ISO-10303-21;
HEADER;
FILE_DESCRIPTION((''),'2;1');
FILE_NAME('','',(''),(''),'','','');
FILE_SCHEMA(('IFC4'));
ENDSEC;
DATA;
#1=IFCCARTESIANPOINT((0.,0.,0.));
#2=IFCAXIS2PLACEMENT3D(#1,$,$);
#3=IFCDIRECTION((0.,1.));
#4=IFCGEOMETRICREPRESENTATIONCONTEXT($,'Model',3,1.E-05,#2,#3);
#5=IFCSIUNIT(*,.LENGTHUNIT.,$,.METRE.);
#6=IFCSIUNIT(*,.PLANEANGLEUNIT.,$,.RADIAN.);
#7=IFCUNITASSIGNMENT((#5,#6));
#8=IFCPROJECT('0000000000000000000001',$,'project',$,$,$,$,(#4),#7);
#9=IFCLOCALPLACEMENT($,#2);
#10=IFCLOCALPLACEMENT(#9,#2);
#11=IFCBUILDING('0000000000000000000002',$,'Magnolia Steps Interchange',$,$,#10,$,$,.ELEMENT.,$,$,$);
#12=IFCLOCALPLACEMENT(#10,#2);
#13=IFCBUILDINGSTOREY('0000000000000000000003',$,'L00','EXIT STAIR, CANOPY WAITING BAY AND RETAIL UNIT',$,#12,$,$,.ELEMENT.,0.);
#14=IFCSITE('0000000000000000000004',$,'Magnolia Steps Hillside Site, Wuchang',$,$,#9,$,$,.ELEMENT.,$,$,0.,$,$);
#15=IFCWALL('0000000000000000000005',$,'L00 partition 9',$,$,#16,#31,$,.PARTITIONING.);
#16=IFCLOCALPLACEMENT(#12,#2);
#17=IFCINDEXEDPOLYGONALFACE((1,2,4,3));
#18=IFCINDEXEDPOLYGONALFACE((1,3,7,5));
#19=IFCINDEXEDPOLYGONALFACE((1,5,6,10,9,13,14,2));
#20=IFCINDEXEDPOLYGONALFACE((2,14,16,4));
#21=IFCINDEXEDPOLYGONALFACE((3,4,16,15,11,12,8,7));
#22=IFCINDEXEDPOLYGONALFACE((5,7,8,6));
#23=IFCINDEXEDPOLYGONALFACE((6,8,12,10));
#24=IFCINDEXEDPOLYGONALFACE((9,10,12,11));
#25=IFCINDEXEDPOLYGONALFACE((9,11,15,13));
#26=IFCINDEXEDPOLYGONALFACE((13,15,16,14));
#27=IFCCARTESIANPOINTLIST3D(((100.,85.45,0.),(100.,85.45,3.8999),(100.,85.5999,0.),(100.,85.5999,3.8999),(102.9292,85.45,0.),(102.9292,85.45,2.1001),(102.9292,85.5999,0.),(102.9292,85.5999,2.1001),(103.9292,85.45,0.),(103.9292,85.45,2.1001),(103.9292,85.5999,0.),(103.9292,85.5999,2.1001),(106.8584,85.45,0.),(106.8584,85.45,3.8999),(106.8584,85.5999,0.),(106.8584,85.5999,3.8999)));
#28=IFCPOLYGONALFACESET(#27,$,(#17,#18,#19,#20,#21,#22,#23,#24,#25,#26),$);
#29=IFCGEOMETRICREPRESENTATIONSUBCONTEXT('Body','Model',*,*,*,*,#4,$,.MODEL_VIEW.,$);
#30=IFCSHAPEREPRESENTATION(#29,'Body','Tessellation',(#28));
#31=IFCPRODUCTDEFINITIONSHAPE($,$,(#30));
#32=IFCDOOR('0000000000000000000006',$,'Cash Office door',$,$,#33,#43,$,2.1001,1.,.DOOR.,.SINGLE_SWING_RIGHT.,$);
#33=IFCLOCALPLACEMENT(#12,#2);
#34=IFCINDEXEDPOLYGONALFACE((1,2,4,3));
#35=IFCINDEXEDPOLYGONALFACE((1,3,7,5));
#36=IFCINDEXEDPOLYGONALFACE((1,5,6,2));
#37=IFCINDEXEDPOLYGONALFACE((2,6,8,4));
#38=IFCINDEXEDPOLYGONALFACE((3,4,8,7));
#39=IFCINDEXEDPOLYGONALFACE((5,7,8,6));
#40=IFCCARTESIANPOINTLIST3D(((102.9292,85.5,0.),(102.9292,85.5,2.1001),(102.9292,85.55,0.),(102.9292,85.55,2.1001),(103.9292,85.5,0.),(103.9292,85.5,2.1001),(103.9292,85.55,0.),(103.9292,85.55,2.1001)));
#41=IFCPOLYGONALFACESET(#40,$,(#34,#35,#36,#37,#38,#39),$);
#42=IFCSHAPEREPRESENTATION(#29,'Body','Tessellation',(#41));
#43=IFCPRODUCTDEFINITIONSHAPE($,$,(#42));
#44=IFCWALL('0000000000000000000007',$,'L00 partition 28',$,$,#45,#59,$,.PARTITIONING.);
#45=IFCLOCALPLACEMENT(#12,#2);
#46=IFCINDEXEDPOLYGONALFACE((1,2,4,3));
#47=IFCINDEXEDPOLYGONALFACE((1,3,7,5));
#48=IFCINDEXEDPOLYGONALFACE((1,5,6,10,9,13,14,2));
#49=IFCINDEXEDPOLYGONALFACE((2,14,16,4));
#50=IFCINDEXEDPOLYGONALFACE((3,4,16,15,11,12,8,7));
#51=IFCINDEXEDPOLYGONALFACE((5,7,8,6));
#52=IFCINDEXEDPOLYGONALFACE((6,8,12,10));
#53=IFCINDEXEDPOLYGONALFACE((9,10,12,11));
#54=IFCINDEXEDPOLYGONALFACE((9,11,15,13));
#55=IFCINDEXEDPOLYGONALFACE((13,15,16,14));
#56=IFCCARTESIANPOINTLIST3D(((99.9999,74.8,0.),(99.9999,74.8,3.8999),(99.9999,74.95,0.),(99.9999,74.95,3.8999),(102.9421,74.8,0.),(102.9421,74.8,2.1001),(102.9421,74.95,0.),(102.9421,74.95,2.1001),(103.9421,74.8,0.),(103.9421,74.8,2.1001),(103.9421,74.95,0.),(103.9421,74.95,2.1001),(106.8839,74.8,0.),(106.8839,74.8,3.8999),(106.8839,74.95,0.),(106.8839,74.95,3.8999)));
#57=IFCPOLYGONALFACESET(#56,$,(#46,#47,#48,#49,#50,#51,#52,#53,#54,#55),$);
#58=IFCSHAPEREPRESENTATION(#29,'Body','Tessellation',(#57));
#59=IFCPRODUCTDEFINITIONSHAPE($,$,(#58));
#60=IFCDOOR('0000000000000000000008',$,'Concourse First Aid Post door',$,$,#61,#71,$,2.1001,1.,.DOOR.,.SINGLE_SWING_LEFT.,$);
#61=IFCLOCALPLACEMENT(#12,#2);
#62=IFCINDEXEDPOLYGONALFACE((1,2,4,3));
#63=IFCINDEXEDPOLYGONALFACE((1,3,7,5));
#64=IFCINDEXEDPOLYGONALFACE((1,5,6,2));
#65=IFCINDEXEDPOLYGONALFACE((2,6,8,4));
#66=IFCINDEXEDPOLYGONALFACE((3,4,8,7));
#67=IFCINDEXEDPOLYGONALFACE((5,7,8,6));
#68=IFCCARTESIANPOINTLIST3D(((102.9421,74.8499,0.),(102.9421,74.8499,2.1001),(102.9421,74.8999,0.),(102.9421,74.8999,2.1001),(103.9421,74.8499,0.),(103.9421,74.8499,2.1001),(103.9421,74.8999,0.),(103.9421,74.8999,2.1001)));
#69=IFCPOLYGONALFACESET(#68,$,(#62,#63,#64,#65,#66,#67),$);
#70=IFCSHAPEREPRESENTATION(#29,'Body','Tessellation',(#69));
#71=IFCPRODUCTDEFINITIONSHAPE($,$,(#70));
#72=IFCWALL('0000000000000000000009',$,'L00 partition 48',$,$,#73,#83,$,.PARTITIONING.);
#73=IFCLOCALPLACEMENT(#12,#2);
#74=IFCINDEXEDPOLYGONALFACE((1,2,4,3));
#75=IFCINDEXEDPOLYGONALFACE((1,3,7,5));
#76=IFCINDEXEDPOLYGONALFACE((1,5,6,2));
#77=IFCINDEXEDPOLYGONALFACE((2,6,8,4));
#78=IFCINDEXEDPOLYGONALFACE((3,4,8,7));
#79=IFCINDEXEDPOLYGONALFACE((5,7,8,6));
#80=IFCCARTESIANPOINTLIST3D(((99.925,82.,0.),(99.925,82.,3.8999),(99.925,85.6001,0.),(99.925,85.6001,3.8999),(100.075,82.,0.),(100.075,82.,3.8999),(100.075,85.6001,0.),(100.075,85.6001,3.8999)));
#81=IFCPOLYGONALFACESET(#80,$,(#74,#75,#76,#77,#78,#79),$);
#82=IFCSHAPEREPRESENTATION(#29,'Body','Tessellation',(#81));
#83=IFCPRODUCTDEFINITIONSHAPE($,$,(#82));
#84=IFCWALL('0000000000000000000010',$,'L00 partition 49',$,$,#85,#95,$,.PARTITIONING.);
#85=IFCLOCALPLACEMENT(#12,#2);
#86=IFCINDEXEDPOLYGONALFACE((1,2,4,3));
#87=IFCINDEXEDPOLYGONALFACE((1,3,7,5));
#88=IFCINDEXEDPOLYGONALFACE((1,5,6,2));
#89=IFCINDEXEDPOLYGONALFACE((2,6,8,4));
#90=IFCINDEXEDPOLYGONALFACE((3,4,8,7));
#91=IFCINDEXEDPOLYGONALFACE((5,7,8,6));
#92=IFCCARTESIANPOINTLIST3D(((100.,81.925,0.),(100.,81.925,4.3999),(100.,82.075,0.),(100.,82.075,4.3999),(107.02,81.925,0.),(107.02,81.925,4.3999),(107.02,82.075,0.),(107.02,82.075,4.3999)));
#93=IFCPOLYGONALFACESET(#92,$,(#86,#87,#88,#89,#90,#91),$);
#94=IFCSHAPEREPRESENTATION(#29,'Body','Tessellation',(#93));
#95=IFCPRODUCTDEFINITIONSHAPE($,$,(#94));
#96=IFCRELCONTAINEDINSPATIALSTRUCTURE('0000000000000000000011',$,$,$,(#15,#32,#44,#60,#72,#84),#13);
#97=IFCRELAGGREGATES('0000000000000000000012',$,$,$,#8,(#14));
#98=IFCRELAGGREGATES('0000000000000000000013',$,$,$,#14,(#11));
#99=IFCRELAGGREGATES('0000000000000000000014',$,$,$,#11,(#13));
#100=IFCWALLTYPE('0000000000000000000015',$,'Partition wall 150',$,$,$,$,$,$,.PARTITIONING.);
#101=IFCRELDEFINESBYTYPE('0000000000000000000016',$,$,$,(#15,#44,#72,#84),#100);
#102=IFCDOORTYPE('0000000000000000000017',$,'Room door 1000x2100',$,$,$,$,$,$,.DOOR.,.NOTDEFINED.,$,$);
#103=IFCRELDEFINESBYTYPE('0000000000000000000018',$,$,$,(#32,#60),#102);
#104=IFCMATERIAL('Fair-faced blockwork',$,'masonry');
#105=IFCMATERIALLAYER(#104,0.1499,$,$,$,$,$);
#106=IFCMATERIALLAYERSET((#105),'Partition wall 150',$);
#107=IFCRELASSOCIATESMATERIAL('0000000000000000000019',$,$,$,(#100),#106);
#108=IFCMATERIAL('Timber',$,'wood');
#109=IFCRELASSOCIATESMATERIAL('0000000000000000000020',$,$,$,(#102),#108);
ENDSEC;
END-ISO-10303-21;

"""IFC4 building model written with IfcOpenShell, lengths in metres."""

from ifc_helpers import new_model, si_unit, direction, frame, frame_2d, origin, place, context, subcontext, project, spatial, rectangle, extrude, material, layer, layer_set, type_object, element, fill, save


model = new_model("IFC4")

# Units and contexts
model_context = context("Model", 3, precision=1e-05, world=origin(), true_north=direction((0.0, 1.0)))
body_context = subcontext(model_context, "Body", "Model", "MODEL_VIEW")
ifc_project = project(units=[si_unit("LENGTHUNIT", "METRE"), si_unit("PLANEANGLEUNIT", "RADIAN")], contexts=[model_context])

# Site, building, storey
site_placement = place(None, origin())
site = spatial("IfcSite", under=ifc_project, at=site_placement, Name="Magnolia Steps Hillside Site, Wuchang", CompositionType="ELEMENT", RefElevation=0.0)
building_placement = place(site_placement, origin())
building = spatial("IfcBuilding", under=site, at=building_placement, Name="Magnolia Steps Interchange", CompositionType="ELEMENT")
storey_placement = place(building_placement, origin())
storey = spatial("IfcBuildingStorey", under=building, at=storey_placement, Name="L00", Description="EXIT STAIR, CANOPY WAITING BAY AND RETAIL UNIT", CompositionType="ELEMENT", Elevation=0.0)

# Walls, openings, doors
ifc_material_1 = material(Name="Fair-faced blockwork", Category="masonry")
ifc_layer_1 = layer(ifc_material_1, 0.1499)
ifc_layer_set_1 = layer_set([ifc_layer_1], Name="Partition wall 150")
wall_type_1 = type_object("IfcWallType", Name="Partition wall 150", PredefinedType="PARTITIONING", material=ifc_layer_set_1)
wall_1_placement = place(storey_placement, frame((100.0, 85.5249, 0.0), z_axis=(0.0, 0.0, 1.0), x_axis=(1.0, 0.0, 0.0)))
wall_1 = element("IfcWall", 1, at=wall_1_placement, inside=storey, type_object=wall_type_1, Name="L00 partition 9", PredefinedType="PARTITIONING", context=body_context, shape_type="SweptSolid", body=[
    extrude(rectangle(XDim=6.8584, YDim=0.1499, at=frame_2d((3.4292, 0.0))), origin(), (0.0, 0.0, 1.0), 3.8999),
])
opening_1_placement = place(wall_1_placement, frame((2.9292, 0.0, 0.0)))
opening_1 = element("IfcOpeningElement", 2, at=opening_1_placement, cuts=wall_1, PredefinedType="OPENING", context=body_context, shape_type="SweptSolid", body=[
    extrude(rectangle(XDim=1.0, YDim=2.1001, at=frame_2d((0.5, 1.05))), frame((0.0, 0.085, 0.0), z_axis=(0.0, -1.0, 0.0), x_axis=(1.0, 0.0, 0.0)), (0.0, 0.0, 1.0), 0.1699),
])
ifc_material_2 = material(Name="Timber", Category="wood")
door_type_1 = type_object("IfcDoorType", Name="Room door 1000x2100", OperationType="NOTDEFINED", PredefinedType="DOOR", material=ifc_material_2)
door_1_placement = place(opening_1_placement, frame((1.0, 0.0, 0.0), z_axis=(0.0, 0.0, 1.0), x_axis=(-1.0, 0.0, 0.0)))
door_1 = element("IfcDoor", 3, at=door_1_placement, inside=storey, type_object=door_type_1, Name="Cash Office door", OperationType="SINGLE_SWING_RIGHT", OverallHeight=2.1001, OverallWidth=1.0, PredefinedType="DOOR", context=body_context, shape_type="SweptSolid", body=[
    extrude(rectangle(XDim=1.0, YDim=2.1001, at=frame_2d((0.5, 1.05))), frame((0.0, 0.0249, 0.0), z_axis=(0.0, -1.0, 0.0), x_axis=(1.0, 0.0, 0.0)), (0.0, 0.0, 1.0), 0.05),
])
fill(opening_1, door_1)
wall_2_placement = place(storey_placement, frame((100.0, 74.875, 0.0), z_axis=(0.0, 0.0, 1.0), x_axis=(1.0, 0.0, 0.0)))
wall_2 = element("IfcWall", 4, at=wall_2_placement, inside=storey, type_object=wall_type_1, Name="L00 partition 28", PredefinedType="PARTITIONING", context=body_context, shape_type="SweptSolid", body=[
    extrude(rectangle(XDim=6.884, YDim=0.1499, at=frame_2d((3.4419, 0.0))), origin(), (0.0, 0.0, 1.0), 3.8999),
])
opening_2_placement = place(wall_2_placement, frame((2.9421, 0.0, 0.0)))
opening_2 = element("IfcOpeningElement", 5, at=opening_2_placement, cuts=wall_2, PredefinedType="OPENING", context=body_context, shape_type="SweptSolid", body=[
    extrude(rectangle(XDim=1.0, YDim=2.1001, at=frame_2d((0.5, 1.05))), frame((0.0, 0.085, 0.0), z_axis=(0.0, -1.0, 0.0), x_axis=(1.0, 0.0, 0.0)), (0.0, 0.0, 1.0), 0.1699),
])
door_2_placement = place(opening_2_placement, origin())
door_2 = element("IfcDoor", 6, at=door_2_placement, inside=storey, type_object=door_type_1, Name="Concourse First Aid Post door", OperationType="SINGLE_SWING_LEFT", OverallHeight=2.1001, OverallWidth=1.0, PredefinedType="DOOR", context=body_context, shape_type="SweptSolid", body=[
    extrude(rectangle(XDim=1.0, YDim=2.1001, at=frame_2d((0.5, 1.05))), frame((0.0, 0.0249, 0.0), z_axis=(0.0, -1.0, 0.0), x_axis=(1.0, 0.0, 0.0)), (0.0, 0.0, 1.0), 0.05),
])
fill(opening_2, door_2)

# Walls
wall_3_placement = place(storey_placement, frame((100.0, 82.0, 0.0), z_axis=(0.0, 0.0, 1.0), x_axis=(0.0, 1.0, 0.0)))
element("IfcWall", 7, at=wall_3_placement, inside=storey, type_object=wall_type_1, Name="L00 partition 48", PredefinedType="PARTITIONING", context=body_context, shape_type="SweptSolid", body=[
    extrude(rectangle(XDim=3.6001, YDim=0.1499, at=frame_2d((1.8, 0.0))), origin(), (0.0, 0.0, 1.0), 3.8999),
])
wall_4_placement = place(storey_placement, frame((100.0, 82.0, 0.0), z_axis=(0.0, 0.0, 1.0), x_axis=(1.0, 0.0, 0.0)))
element("IfcWall", 8, at=wall_4_placement, inside=storey, type_object=wall_type_1, Name="L00 partition 49", PredefinedType="PARTITIONING", context=body_context, shape_type="SweptSolid", body=[
    extrude(rectangle(XDim=7.02, YDim=0.1499, at=frame_2d((3.51, 0.0))), origin(), (0.0, 0.0, 1.0), 4.3999),
])

save(model, "model.ifc")
